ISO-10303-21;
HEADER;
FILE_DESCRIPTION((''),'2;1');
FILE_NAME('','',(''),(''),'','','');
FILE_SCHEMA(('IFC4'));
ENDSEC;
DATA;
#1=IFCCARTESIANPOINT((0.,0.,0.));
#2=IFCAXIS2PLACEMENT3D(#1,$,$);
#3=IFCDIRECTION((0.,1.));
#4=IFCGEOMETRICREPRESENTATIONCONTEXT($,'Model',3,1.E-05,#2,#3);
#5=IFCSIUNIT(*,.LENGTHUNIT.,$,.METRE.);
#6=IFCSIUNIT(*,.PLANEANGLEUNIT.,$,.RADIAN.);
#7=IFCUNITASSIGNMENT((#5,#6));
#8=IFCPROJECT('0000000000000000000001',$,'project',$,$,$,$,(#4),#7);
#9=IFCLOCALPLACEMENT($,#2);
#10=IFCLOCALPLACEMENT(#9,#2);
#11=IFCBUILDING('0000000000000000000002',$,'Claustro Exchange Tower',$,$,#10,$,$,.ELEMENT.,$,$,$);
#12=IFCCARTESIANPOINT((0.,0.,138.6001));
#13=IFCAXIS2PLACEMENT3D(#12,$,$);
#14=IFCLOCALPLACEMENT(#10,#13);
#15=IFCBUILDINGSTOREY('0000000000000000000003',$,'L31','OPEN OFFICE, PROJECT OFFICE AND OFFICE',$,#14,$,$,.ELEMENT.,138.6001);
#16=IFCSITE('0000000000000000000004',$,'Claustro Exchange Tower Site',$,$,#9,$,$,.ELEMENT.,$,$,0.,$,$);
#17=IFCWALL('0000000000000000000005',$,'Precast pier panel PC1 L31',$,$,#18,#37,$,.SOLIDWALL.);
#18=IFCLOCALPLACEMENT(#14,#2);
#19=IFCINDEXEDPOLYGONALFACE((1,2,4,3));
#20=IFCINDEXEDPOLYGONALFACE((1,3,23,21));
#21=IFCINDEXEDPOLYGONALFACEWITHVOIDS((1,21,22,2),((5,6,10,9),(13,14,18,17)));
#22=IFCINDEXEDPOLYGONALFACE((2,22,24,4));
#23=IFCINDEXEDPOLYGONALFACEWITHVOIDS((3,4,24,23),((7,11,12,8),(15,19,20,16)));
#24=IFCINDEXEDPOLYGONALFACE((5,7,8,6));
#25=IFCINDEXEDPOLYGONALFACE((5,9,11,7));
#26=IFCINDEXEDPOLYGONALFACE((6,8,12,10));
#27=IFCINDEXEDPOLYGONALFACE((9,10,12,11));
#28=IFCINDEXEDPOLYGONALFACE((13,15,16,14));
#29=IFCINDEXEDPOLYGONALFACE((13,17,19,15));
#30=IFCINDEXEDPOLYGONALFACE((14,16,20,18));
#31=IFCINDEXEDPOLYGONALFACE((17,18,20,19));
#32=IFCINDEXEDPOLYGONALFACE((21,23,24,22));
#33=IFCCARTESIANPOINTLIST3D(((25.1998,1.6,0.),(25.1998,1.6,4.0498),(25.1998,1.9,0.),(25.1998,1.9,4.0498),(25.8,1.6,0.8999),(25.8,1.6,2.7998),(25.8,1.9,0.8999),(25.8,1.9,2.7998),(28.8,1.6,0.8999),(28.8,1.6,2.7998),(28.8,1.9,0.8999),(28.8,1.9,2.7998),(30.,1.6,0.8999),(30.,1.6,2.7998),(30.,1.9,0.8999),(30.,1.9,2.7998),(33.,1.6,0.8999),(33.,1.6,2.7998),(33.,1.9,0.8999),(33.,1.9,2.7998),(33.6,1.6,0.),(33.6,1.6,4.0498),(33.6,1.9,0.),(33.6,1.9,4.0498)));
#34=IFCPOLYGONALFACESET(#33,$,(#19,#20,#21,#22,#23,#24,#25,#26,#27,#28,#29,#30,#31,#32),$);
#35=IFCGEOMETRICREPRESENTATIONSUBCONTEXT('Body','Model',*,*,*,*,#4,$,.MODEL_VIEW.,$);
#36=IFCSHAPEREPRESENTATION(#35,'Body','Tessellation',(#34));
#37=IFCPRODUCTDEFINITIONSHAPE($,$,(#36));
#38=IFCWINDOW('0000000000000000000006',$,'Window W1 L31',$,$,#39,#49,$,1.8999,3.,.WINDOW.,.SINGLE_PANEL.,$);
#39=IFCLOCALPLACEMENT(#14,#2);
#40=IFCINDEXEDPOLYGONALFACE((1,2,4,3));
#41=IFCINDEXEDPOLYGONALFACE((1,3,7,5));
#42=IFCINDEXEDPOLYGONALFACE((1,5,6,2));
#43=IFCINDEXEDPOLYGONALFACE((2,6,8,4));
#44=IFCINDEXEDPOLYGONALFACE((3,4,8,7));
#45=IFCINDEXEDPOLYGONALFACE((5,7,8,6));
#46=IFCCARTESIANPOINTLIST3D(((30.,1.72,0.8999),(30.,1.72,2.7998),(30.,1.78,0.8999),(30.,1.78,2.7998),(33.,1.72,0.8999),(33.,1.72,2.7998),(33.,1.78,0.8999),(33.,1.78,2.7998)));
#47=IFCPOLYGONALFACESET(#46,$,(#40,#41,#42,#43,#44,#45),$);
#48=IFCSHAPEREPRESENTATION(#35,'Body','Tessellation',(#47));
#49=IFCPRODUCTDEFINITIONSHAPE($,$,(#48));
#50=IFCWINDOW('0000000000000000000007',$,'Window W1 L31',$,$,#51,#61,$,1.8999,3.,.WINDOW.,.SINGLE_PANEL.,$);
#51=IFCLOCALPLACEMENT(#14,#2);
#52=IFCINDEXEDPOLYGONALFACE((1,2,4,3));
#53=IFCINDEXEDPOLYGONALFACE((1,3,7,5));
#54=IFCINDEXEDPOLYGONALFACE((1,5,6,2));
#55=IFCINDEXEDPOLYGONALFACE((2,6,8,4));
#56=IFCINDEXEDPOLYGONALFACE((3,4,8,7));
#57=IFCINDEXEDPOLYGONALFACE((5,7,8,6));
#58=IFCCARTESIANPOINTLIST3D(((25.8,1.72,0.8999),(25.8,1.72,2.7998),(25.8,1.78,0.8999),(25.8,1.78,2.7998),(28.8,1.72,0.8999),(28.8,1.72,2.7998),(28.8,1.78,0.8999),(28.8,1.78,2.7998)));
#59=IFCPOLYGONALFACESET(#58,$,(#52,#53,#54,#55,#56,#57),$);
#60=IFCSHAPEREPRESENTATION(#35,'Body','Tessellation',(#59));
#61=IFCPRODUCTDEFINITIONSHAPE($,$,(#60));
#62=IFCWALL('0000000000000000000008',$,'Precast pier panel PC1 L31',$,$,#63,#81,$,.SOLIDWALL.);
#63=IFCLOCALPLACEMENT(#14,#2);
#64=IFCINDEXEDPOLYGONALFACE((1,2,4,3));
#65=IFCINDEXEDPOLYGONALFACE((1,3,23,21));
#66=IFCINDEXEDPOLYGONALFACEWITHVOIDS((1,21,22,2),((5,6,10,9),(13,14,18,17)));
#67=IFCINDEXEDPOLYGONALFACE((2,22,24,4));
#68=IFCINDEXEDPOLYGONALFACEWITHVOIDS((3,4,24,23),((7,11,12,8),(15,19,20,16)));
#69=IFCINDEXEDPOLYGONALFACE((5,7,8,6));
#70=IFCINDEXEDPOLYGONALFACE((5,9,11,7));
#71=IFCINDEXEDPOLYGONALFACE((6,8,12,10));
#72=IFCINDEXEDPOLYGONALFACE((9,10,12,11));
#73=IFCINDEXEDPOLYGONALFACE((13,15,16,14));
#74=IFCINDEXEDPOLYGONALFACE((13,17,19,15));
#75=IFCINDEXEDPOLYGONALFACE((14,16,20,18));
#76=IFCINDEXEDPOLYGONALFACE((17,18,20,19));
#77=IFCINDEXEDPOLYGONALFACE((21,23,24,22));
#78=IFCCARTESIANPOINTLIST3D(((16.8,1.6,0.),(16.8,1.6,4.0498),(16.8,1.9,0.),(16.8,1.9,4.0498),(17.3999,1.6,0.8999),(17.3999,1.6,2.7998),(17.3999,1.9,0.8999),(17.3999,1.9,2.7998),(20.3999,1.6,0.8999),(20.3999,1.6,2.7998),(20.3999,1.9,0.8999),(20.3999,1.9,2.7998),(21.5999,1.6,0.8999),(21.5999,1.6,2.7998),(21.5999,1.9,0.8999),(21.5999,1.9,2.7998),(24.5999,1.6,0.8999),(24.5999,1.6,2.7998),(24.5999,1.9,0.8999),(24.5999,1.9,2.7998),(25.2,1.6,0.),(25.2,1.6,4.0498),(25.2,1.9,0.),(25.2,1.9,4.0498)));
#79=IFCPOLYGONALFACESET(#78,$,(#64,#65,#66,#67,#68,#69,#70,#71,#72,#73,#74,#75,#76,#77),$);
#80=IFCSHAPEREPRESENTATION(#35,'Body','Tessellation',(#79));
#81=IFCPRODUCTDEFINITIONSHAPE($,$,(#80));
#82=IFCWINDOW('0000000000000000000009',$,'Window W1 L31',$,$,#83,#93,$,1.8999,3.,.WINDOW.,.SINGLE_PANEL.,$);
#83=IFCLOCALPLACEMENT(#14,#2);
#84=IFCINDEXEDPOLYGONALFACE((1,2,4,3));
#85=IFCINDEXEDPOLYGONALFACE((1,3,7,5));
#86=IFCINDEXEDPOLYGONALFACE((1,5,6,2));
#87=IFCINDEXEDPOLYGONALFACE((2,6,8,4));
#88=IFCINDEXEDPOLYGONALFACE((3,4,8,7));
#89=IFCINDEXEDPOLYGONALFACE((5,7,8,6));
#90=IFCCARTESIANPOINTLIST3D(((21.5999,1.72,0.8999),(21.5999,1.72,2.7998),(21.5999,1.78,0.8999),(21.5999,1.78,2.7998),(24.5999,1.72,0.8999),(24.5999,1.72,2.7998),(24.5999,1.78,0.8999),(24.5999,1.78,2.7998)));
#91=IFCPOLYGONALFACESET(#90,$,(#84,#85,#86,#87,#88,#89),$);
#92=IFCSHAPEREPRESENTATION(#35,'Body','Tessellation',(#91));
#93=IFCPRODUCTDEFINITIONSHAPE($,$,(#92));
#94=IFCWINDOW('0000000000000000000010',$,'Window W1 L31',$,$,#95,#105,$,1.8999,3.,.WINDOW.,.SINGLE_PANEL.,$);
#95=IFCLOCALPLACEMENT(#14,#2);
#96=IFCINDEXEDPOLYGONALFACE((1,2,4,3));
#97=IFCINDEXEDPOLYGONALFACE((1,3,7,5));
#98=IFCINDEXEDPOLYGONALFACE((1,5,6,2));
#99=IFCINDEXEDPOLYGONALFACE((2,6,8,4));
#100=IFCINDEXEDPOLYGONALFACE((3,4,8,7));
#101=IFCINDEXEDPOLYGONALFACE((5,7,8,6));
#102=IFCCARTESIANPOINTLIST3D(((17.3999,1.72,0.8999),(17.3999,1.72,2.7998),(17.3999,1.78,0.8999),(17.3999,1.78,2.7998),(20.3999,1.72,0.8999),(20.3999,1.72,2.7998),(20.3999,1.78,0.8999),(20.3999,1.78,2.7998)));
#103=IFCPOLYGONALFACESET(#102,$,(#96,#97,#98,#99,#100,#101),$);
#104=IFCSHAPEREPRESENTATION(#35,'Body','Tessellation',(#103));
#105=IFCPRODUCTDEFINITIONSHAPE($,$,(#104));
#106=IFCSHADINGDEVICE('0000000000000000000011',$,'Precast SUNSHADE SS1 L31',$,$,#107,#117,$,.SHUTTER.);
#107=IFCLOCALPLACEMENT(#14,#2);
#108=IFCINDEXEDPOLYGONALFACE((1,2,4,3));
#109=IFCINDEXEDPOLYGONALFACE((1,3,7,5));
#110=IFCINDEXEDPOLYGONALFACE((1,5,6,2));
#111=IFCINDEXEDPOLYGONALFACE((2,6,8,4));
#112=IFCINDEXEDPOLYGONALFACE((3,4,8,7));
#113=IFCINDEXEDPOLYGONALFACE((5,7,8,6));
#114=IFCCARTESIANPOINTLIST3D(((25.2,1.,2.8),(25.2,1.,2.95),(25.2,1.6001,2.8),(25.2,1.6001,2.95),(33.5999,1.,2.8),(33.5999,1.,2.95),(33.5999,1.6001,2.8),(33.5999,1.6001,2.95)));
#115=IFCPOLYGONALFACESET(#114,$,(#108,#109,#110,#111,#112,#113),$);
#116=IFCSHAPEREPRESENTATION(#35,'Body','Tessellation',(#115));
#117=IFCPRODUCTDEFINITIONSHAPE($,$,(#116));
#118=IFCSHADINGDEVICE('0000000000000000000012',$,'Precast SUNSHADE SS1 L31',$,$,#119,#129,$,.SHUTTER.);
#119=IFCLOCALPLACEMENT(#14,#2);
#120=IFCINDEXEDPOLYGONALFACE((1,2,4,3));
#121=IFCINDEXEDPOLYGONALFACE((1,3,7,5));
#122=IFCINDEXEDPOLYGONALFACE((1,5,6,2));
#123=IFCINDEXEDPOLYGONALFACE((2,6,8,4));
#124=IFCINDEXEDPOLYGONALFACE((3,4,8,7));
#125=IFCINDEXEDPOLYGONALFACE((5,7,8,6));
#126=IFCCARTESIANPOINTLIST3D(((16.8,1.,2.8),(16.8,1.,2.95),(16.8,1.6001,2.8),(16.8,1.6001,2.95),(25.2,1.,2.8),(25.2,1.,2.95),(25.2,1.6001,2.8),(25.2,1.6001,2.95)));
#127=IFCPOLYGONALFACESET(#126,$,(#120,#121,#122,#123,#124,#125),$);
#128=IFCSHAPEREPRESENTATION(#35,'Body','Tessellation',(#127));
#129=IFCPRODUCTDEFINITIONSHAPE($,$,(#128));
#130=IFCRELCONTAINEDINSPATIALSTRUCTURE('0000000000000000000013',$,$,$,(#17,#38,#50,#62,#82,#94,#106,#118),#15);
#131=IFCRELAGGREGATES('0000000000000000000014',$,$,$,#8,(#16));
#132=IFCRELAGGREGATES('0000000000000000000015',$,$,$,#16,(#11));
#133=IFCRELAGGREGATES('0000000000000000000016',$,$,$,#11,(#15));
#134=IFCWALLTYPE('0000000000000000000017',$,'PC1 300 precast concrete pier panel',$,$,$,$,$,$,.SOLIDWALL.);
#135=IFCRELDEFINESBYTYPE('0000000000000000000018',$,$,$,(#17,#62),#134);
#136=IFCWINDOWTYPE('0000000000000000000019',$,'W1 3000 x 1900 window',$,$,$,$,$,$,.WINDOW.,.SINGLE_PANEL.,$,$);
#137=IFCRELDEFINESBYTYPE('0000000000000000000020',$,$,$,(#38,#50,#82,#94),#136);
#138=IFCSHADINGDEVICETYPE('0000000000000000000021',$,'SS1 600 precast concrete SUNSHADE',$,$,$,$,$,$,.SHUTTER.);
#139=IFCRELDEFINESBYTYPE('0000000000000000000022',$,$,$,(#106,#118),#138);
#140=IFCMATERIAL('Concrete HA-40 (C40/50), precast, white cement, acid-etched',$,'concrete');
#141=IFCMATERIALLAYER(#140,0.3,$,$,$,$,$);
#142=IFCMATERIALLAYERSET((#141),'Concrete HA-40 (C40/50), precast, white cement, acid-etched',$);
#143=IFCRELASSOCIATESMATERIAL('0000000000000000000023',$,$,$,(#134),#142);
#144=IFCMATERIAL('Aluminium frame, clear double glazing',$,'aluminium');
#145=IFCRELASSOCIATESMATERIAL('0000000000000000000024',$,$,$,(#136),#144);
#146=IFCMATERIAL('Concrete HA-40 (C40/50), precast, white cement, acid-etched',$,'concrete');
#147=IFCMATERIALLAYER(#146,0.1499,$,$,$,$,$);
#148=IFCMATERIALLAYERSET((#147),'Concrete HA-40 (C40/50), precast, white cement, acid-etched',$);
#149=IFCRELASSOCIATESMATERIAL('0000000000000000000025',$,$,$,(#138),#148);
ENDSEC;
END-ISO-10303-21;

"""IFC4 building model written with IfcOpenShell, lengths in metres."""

from ifc_helpers import new_model, si_unit, direction, frame, frame_2d, origin, origin_2d, place, context, subcontext, project, spatial, rectangle, extrude, material, layer, layer_set, type_object, element, fill, save


model = new_model("IFC4")

# Units and contexts
model_context = context("Model", 3, precision=1e-05, world=origin(), true_north=direction((0.0, 1.0)))
body_context = subcontext(model_context, "Body", "Model", "MODEL_VIEW")
ifc_project = project(units=[si_unit("LENGTHUNIT", "METRE"), si_unit("PLANEANGLEUNIT", "RADIAN")], contexts=[model_context])

# Site, building, storey
site_placement = place(None, origin())
site = spatial("IfcSite", under=ifc_project, at=site_placement, Name="Claustro Exchange Tower Site", CompositionType="ELEMENT", RefElevation=0.0)
building_placement = place(site_placement, origin())
building = spatial("IfcBuilding", under=site, at=building_placement, Name="Claustro Exchange Tower", CompositionType="ELEMENT")
storey_placement = place(building_placement, frame((0.0, 0.0, 138.6001)))
storey = spatial("IfcBuildingStorey", under=building, at=storey_placement, Name="L31", Description="OPEN OFFICE, PROJECT OFFICE AND OFFICE", CompositionType="ELEMENT", Elevation=138.6001)

# Walls, openings, windows
ifc_material_1 = material(Name="Concrete HA-40 (C40/50), precast, white cement, acid-etched", Category="concrete")
ifc_layer_1 = layer(ifc_material_1, 0.3)
ifc_layer_set_1 = layer_set([ifc_layer_1], Name="Concrete HA-40 (C40/50), precast, white cement, acid-etched")
wall_type_1 = type_object("IfcWallType", Name="PC1 300 precast concrete pier panel", PredefinedType="SOLIDWALL", material=ifc_layer_set_1)
wall_1_placement = place(storey_placement, frame((33.6001, 1.75, 0.0), z_axis=(0.0, 0.0, 1.0), x_axis=(-1.0, 0.0, 0.0)))
wall_1 = element("IfcWall", 1, at=wall_1_placement, inside=storey, type_object=wall_type_1, Name="Precast pier panel PC1 L31", PredefinedType="SOLIDWALL", context=body_context, shape_type="SweptSolid", body=[
    extrude(rectangle(XDim=8.4001, YDim=0.3, at=frame_2d((4.2002, 0.0))), origin(), (0.0, 0.0, 1.0), 4.0498),
])
opening_1_placement = place(wall_1_placement, frame((0.6001, 0.0, 0.8999)))
opening_1 = element("IfcOpeningElement", 2, at=opening_1_placement, cuts=wall_1, PredefinedType="OPENING", context=body_context, shape_type="SweptSolid", body=[
    extrude(rectangle(XDim=3.0, YDim=1.8999, at=frame_2d((1.5, 0.95))), frame((0.0, 0.1599, 0.0), z_axis=(0.0, -1.0, 0.0), x_axis=(1.0, 0.0, 0.0)), (0.0, 0.0, 1.0), 0.3201),
])
opening_2_placement = place(wall_1_placement, frame((4.8, 0.0, 0.8999)))
opening_2 = element("IfcOpeningElement", 3, at=opening_2_placement, cuts=wall_1, PredefinedType="OPENING", context=body_context, shape_type="SweptSolid", body=[
    extrude(rectangle(XDim=3.0, YDim=1.8999, at=frame_2d((1.5, 0.95))), frame((0.0, 0.1599, 0.0), z_axis=(0.0, -1.0, 0.0), x_axis=(1.0, 0.0, 0.0)), (0.0, 0.0, 1.0), 0.3201),
])
ifc_material_2 = material(Name="Aluminium frame, clear double glazing", Category="aluminium")
window_type = type_object("IfcWindowType", Name="W1 3000 x 1900 window", PartitioningType="SINGLE_PANEL", PredefinedType="WINDOW", material=ifc_material_2)
window_1_placement = place(opening_1_placement, origin())
window_1 = element("IfcWindow", 4, at=window_1_placement, inside=storey, type_object=window_type, Name="Window W1 L31", OverallHeight=1.8999, OverallWidth=3.0, PartitioningType="SINGLE_PANEL", PredefinedType="WINDOW", context=body_context, shape_type="SweptSolid", body=[
    extrude(rectangle(XDim=3.0, YDim=1.8999, at=frame_2d((1.5, 0.95))), frame((0.0, 0.03, 0.0), z_axis=(0.0, -1.0, 0.0), x_axis=(1.0, 0.0, 0.0)), (0.0, 0.0, 1.0), 0.0601),
])
fill(opening_1, window_1)
window_2_placement = place(opening_2_placement, origin())
window_2 = element("IfcWindow", 5, at=window_2_placement, inside=storey, type_object=window_type, Name="Window W1 L31", OverallHeight=1.8999, OverallWidth=3.0, PartitioningType="SINGLE_PANEL", PredefinedType="WINDOW", context=body_context, shape_type="SweptSolid", body=[
    extrude(rectangle(XDim=3.0, YDim=1.8999, at=frame_2d((1.5, 0.95))), frame((0.0, 0.03, 0.0), z_axis=(0.0, -1.0, 0.0), x_axis=(1.0, 0.0, 0.0)), (0.0, 0.0, 1.0), 0.0601),
])
fill(opening_2, window_2)
wall_2_placement = place(storey_placement, frame((25.2, 1.75, 0.0), z_axis=(0.0, 0.0, 1.0), x_axis=(-1.0, 0.0, 0.0)))
wall_2 = element("IfcWall", 6, at=wall_2_placement, inside=storey, type_object=wall_type_1, Name="Precast pier panel PC1 L31", PredefinedType="SOLIDWALL", context=body_context, shape_type="SweptSolid", body=[
    extrude(rectangle(XDim=8.3999, YDim=0.3, at=frame_2d((4.2, 0.0))), origin(), (0.0, 0.0, 1.0), 4.0498),
])
opening_3_placement = place(wall_2_placement, frame((0.6001, 0.0, 0.8999)))
opening_3 = element("IfcOpeningElement", 7, at=opening_3_placement, cuts=wall_2, PredefinedType="OPENING", context=body_context, shape_type="SweptSolid", body=[
    extrude(rectangle(XDim=3.0, YDim=1.8999, at=frame_2d((1.5, 0.95))), frame((0.0, 0.1599, 0.0), z_axis=(0.0, -1.0, 0.0), x_axis=(1.0, 0.0, 0.0)), (0.0, 0.0, 1.0), 0.3201),
])
opening_4_placement = place(wall_2_placement, frame((4.8, 0.0, 0.8999)))
opening_4 = element("IfcOpeningElement", 8, at=opening_4_placement, cuts=wall_2, PredefinedType="OPENING", context=body_context, shape_type="SweptSolid", body=[
    extrude(rectangle(XDim=3.0, YDim=1.8999, at=frame_2d((1.5, 0.95))), frame((0.0, 0.1599, 0.0), z_axis=(0.0, -1.0, 0.0), x_axis=(1.0, 0.0, 0.0)), (0.0, 0.0, 1.0), 0.3201),
])
window_3_placement = place(opening_3_placement, origin())
window_3 = element("IfcWindow", 9, at=window_3_placement, inside=storey, type_object=window_type, Name="Window W1 L31", OverallHeight=1.8999, OverallWidth=3.0, PartitioningType="SINGLE_PANEL", PredefinedType="WINDOW", context=body_context, shape_type="SweptSolid", body=[
    extrude(rectangle(XDim=3.0, YDim=1.8999, at=frame_2d((1.5, 0.95))), frame((0.0, 0.03, 0.0), z_axis=(0.0, -1.0, 0.0), x_axis=(1.0, 0.0, 0.0)), (0.0, 0.0, 1.0), 0.0601),
])
fill(opening_3, window_3)
window_4_placement = place(opening_4_placement, origin())
window_4 = element("IfcWindow", 10, at=window_4_placement, inside=storey, type_object=window_type, Name="Window W1 L31", OverallHeight=1.8999, OverallWidth=3.0, PartitioningType="SINGLE_PANEL", PredefinedType="WINDOW", context=body_context, shape_type="SweptSolid", body=[
    extrude(rectangle(XDim=3.0, YDim=1.8999, at=frame_2d((1.5, 0.95))), frame((0.0, 0.03, 0.0), z_axis=(0.0, -1.0, 0.0), x_axis=(1.0, 0.0, 0.0)), (0.0, 0.0, 1.0), 0.0601),
])
fill(opening_4, window_4)

# Shading devices
ifc_material_3 = material(Name="Concrete HA-40 (C40/50), precast, white cement, acid-etched", Category="concrete")
ifc_layer_2 = layer(ifc_material_3, 0.1499)
ifc_layer_set_2 = layer_set([ifc_layer_2], Name="Concrete HA-40 (C40/50), precast, white cement, acid-etched")
shading_device_type = type_object("IfcShadingDeviceType", Name="SS1 600 precast concrete SUNSHADE", PredefinedType="SHUTTER", material=ifc_layer_set_2)
for number, where, z_axis, x_axis, name in (
    (11, (29.3999, 1.3, 2.8), (0.0, 0.0, 1.0), (-1.0, 0.0, 0.0), "Precast SUNSHADE SS1 L31"),
    (12, (21.0, 1.3, 2.8), (0.0, 0.0, 1.0), (-1.0, 0.0, 0.0), "Precast SUNSHADE SS1 L31"),
):
    element("IfcShadingDevice", number, at=place(storey_placement, frame(where, z_axis=z_axis, x_axis=x_axis)), inside=storey, type_object=shading_device_type, Name=name, PredefinedType="SHUTTER", context=body_context, shape_type="SweptSolid", body=[
        extrude(rectangle(XDim=8.3999, YDim=0.6001, at=origin_2d()), origin(), (0.0, 0.0, 1.0), 0.1499),
    ])

save(model, "model.ifc")
